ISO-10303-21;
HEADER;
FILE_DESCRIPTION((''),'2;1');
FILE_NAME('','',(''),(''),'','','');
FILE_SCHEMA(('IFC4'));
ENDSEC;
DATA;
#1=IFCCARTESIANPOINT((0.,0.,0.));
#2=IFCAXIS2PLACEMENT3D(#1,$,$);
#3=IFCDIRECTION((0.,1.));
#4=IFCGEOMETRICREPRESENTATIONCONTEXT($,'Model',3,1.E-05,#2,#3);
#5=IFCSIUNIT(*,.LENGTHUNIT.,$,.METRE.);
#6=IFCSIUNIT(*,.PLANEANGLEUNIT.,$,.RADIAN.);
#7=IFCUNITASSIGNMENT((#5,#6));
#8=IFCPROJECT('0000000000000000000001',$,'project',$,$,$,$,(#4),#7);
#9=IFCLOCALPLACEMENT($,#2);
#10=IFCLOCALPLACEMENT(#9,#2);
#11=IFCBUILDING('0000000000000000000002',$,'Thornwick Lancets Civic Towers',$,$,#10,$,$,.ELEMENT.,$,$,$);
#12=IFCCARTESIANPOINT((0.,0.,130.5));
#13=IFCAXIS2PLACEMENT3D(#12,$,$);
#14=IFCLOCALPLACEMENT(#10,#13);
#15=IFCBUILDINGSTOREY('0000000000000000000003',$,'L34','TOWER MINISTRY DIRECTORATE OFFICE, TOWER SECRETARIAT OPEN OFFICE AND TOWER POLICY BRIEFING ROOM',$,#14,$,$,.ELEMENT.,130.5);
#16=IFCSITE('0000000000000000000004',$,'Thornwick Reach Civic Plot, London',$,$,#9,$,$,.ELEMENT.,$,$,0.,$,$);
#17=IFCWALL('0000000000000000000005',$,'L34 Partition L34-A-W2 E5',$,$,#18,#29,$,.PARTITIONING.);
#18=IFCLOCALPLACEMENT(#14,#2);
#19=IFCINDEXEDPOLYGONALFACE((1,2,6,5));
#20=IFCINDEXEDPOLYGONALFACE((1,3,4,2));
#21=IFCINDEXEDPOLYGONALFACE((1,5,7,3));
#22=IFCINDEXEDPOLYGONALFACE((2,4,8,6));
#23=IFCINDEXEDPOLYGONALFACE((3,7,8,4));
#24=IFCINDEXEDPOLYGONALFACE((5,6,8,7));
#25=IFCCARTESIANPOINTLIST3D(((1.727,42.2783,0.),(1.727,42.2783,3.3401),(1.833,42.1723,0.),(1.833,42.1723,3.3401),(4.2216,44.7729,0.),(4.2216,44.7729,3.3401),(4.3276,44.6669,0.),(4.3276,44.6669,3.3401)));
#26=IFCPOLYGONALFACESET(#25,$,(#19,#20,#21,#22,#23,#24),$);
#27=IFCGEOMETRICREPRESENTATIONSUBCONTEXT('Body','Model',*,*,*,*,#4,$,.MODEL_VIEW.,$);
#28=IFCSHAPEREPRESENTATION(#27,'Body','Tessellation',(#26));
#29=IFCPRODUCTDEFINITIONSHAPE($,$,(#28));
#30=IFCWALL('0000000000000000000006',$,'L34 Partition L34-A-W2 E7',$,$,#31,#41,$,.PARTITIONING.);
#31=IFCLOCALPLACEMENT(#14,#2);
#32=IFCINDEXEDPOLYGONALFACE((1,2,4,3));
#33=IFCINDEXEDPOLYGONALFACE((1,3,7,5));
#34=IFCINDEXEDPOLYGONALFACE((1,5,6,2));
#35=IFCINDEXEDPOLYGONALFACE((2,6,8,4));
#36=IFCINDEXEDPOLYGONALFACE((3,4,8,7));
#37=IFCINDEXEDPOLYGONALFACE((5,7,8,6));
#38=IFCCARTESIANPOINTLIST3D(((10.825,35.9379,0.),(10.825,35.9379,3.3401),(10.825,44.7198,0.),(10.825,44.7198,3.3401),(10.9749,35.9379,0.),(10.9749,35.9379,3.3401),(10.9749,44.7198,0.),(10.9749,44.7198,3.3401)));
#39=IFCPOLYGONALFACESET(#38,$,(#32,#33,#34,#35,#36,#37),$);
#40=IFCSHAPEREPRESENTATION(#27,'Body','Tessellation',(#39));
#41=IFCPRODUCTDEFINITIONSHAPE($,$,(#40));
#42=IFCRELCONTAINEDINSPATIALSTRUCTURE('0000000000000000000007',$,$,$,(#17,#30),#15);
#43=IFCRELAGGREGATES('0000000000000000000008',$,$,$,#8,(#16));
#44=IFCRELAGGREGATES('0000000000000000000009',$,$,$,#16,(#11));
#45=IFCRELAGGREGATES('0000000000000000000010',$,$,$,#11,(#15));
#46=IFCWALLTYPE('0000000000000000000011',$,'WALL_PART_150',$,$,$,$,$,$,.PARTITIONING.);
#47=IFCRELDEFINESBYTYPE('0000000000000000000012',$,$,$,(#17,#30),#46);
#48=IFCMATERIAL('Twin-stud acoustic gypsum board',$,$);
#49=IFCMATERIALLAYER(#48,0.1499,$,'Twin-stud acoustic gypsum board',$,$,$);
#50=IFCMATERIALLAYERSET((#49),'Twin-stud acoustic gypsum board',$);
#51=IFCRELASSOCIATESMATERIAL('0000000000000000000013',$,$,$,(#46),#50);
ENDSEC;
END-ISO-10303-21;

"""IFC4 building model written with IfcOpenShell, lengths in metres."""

from ifc_helpers import new_model, si_unit, direction, frame, frame_2d, origin, place, context, subcontext, project, spatial, rectangle, extrude, material, layer, layer_set, type_object, element, save


model = new_model("IFC4")

# Units and contexts
model_context = context("Model", 3, precision=1e-05, world=origin(), true_north=direction((0.0, 1.0)))
body_context = subcontext(model_context, "Body", "Model", "MODEL_VIEW")
ifc_project = project(units=[si_unit("LENGTHUNIT", "METRE"), si_unit("PLANEANGLEUNIT", "RADIAN")], contexts=[model_context])

# Site, building, storey
site_placement = place(None, origin())
site = spatial("IfcSite", under=ifc_project, at=site_placement, Name="Thornwick Reach Civic Plot, London", CompositionType="ELEMENT", RefElevation=0.0)
building_placement = place(site_placement, origin())
building = spatial("IfcBuilding", under=site, at=building_placement, Name="Thornwick Lancets Civic Towers", CompositionType="ELEMENT")
storey_placement = place(building_placement, frame((0.0, 0.0, 130.5)))
storey = spatial("IfcBuildingStorey", under=building, at=storey_placement, Name="L34", Description="TOWER MINISTRY DIRECTORATE OFFICE, TOWER SECRETARIAT OPEN OFFICE AND TOWER POLICY BRIEFING ROOM", CompositionType="ELEMENT", Elevation=130.5)

# Walls
ifc_material_1 = material(Name="Twin-stud acoustic gypsum board")
ifc_layer_1 = layer(ifc_material_1, 0.1499, Name="Twin-stud acoustic gypsum board")
ifc_layer_set_1 = layer_set([ifc_layer_1], Name="Twin-stud acoustic gypsum board")
wall_type_1 = type_object("IfcWallType", Name="WALL_PART_150", PredefinedType="PARTITIONING", material=ifc_layer_set_1)
wall_1_placement = place(storey_placement, frame((1.78, 42.2253, 0.0), z_axis=(0.0, 0.0, 1.0), x_axis=(0.707107, 0.707107, 0.0)))
element("IfcWall", 1, at=wall_1_placement, inside=storey, type_object=wall_type_1, Name="L34 Partition L34-A-W2 E5", PredefinedType="PARTITIONING", context=body_context, shape_type="SweptSolid", body=[
    extrude(rectangle(XDim=3.5278, YDim=0.1499, at=frame_2d((1.7639, 0.0))), origin(), (0.0, 0.0, 1.0), 3.3401),
])
wall_2_placement = place(storey_placement, frame((10.8999, 44.72, 0.0), z_axis=(0.0, 0.0, 1.0), x_axis=(0.0, -1.0, 0.0)))
element("IfcWall", 2, at=wall_2_placement, inside=storey, type_object=wall_type_1, Name="L34 Partition L34-A-W2 E7", PredefinedType="PARTITIONING", context=body_context, shape_type="SweptSolid", body=[
    extrude(rectangle(XDim=8.782, YDim=0.1499, at=frame_2d((4.3911, 0.0))), origin(), (0.0, 0.0, 1.0), 3.3401),
])

save(model, "model.ifc")
